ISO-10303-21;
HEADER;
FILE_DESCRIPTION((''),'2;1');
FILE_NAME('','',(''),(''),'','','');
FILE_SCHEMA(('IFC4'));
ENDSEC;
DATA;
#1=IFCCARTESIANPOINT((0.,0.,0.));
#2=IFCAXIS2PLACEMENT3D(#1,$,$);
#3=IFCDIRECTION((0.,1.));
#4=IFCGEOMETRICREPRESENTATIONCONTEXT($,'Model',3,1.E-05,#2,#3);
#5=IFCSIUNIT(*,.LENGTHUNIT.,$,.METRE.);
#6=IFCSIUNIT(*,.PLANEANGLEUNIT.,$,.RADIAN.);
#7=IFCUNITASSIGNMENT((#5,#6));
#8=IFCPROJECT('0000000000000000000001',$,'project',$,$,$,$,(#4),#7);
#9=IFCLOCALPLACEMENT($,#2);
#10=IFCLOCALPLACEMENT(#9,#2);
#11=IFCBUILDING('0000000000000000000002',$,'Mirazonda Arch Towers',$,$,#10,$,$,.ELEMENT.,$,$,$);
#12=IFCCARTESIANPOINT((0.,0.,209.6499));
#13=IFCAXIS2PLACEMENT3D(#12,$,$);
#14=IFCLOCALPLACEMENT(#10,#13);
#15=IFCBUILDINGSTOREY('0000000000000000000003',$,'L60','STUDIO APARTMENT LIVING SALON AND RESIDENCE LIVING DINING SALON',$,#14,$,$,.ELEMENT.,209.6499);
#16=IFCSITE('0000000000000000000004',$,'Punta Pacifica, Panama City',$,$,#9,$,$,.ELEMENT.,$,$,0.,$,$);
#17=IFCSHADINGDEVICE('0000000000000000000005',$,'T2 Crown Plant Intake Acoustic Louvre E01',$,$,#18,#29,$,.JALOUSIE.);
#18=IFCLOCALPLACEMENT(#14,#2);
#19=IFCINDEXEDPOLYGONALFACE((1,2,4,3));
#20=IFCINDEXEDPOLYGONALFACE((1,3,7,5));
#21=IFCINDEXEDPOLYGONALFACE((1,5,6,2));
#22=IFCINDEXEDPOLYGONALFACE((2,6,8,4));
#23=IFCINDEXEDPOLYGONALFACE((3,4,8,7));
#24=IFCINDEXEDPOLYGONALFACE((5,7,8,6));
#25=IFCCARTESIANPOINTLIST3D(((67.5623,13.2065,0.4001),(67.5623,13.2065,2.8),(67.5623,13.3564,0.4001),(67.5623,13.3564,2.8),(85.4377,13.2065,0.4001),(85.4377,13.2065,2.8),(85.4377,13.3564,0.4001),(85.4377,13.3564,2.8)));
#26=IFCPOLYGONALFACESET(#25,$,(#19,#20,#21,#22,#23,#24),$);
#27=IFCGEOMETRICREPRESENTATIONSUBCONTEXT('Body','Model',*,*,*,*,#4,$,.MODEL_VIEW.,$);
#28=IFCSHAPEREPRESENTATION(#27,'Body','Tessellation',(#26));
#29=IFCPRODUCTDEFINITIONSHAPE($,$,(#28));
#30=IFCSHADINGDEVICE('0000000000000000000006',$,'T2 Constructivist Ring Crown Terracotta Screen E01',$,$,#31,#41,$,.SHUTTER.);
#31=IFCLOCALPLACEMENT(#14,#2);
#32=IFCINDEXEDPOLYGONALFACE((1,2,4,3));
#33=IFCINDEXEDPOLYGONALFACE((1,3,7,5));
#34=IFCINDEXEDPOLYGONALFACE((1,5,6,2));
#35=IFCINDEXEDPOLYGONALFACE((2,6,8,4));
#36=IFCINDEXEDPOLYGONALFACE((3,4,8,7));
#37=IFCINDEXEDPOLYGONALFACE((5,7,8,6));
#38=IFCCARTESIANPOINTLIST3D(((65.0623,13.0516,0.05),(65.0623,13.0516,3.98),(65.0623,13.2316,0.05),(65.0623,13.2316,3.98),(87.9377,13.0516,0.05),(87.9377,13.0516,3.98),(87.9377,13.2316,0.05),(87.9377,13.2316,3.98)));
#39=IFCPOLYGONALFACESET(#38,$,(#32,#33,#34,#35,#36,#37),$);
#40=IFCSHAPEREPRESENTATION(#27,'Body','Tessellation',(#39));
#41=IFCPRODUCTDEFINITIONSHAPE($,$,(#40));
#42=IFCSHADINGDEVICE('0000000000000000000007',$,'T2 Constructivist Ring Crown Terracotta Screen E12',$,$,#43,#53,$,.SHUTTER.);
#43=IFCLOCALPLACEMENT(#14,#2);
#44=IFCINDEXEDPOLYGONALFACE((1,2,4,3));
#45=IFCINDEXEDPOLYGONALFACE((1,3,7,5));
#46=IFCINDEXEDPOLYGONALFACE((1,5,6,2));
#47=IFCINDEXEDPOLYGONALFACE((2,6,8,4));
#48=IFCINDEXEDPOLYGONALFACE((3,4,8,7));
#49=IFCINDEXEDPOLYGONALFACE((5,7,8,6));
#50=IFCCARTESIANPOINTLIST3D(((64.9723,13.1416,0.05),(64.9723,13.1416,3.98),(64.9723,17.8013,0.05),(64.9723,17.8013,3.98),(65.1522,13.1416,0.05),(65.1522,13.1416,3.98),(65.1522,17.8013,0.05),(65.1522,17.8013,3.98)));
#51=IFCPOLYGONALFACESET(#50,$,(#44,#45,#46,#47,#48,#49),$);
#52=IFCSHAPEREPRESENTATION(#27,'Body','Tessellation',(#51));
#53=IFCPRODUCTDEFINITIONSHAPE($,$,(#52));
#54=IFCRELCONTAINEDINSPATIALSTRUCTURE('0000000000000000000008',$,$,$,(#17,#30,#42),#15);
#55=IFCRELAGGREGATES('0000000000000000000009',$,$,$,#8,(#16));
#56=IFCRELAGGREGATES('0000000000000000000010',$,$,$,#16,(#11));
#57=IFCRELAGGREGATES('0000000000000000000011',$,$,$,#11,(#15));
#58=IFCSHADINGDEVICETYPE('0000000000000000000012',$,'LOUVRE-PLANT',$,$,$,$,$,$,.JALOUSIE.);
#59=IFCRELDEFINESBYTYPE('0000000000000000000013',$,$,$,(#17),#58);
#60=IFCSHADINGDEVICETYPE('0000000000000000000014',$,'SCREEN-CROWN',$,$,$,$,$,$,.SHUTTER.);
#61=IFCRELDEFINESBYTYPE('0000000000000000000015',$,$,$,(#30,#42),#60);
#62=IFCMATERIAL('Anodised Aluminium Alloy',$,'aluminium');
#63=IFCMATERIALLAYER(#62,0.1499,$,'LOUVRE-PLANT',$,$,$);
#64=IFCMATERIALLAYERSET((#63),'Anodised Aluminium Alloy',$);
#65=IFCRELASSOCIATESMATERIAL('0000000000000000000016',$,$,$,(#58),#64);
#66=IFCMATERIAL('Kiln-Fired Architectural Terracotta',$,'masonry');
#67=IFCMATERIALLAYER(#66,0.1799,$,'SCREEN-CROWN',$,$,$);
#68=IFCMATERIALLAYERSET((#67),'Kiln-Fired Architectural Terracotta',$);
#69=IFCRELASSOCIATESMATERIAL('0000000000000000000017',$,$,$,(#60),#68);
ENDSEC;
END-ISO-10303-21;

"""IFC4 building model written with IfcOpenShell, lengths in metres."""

from ifc_helpers import new_model, si_unit, direction, frame, frame_2d, origin, place, context, subcontext, project, spatial, rectangle, extrude, material, layer, layer_set, type_object, element, save


model = new_model("IFC4")

# Units and contexts
model_context = context("Model", 3, precision=1e-05, world=origin(), true_north=direction((0.0, 1.0)))
body_context = subcontext(model_context, "Body", "Model", "MODEL_VIEW")
ifc_project = project(units=[si_unit("LENGTHUNIT", "METRE"), si_unit("PLANEANGLEUNIT", "RADIAN")], contexts=[model_context])

# Site, building, storey
site_placement = place(None, origin())
site = spatial("IfcSite", under=ifc_project, at=site_placement, Name="Punta Pacifica, Panama City", CompositionType="ELEMENT", RefElevation=0.0)
building_placement = place(site_placement, origin())
building = spatial("IfcBuilding", under=site, at=building_placement, Name="Mirazonda Arch Towers", CompositionType="ELEMENT")
storey_placement = place(building_placement, frame((0.0, 0.0, 209.6499)))
storey = spatial("IfcBuildingStorey", under=building, at=storey_placement, Name="L60", Description="STUDIO APARTMENT LIVING SALON AND RESIDENCE LIVING DINING SALON", CompositionType="ELEMENT", Elevation=209.6499)

# Shading devices
ifc_material_1 = material(Name="Anodised Aluminium Alloy", Category="aluminium")
ifc_layer_1 = layer(ifc_material_1, 0.1499, Name="LOUVRE-PLANT")
ifc_layer_set_1 = layer_set([ifc_layer_1], Name="Anodised Aluminium Alloy")
shading_device_type_1 = type_object("IfcShadingDeviceType", Name="LOUVRE-PLANT", PredefinedType="JALOUSIE", material=ifc_layer_set_1)
shading_device_1_placement = place(storey_placement, frame((67.5623, 13.2815, 0.4001), z_axis=(0.0, 0.0, 1.0), x_axis=(1.0, 0.0, 0.0)))
element("IfcShadingDevice", 1, at=shading_device_1_placement, inside=storey, type_object=shading_device_type_1, Name="T2 Crown Plant Intake Acoustic Louvre E01", PredefinedType="JALOUSIE", context=body_context, shape_type="SweptSolid", body=[
    extrude(rectangle(XDim=17.8755, YDim=0.1499, at=frame_2d((8.9377, 0.0))), origin(), (0.0, 0.0, 1.0), 2.3999),
])
ifc_material_2 = material(Name="Kiln-Fired Architectural Terracotta", Category="masonry")
ifc_layer_2 = layer(ifc_material_2, 0.1799, Name="SCREEN-CROWN")
ifc_layer_set_2 = layer_set([ifc_layer_2], Name="Kiln-Fired Architectural Terracotta")
shading_device_type_2 = type_object("IfcShadingDeviceType", Name="SCREEN-CROWN", PredefinedType="SHUTTER", material=ifc_layer_set_2)
shading_device_2_placement = place(storey_placement, frame((65.0623, 13.1416, 0.05), z_axis=(0.0, 0.0, 1.0), x_axis=(1.0, 0.0, 0.0)))
element("IfcShadingDevice", 2, at=shading_device_2_placement, inside=storey, type_object=shading_device_type_2, Name="T2 Constructivist Ring Crown Terracotta Screen E01", PredefinedType="SHUTTER", context=body_context, shape_type="SweptSolid", body=[
    extrude(rectangle(XDim=22.8755, YDim=0.1799, at=frame_2d((11.4377, 0.0))), origin(), (0.0, 0.0, 1.0), 3.9299),
])
shading_device_3_placement = place(storey_placement, frame((65.0623, 17.8013, 0.05), z_axis=(0.0, 0.0, 1.0), x_axis=(0.0, -1.0, 0.0)))
element("IfcShadingDevice", 3, at=shading_device_3_placement, inside=storey, type_object=shading_device_type_2, Name="T2 Constructivist Ring Crown Terracotta Screen E12", PredefinedType="SHUTTER", context=body_context, shape_type="SweptSolid", body=[
    extrude(rectangle(XDim=4.6597, YDim=0.1799, at=frame_2d((2.3298, 0.0))), origin(), (0.0, 0.0, 1.0), 3.9299),
])

save(model, "model.ifc")
